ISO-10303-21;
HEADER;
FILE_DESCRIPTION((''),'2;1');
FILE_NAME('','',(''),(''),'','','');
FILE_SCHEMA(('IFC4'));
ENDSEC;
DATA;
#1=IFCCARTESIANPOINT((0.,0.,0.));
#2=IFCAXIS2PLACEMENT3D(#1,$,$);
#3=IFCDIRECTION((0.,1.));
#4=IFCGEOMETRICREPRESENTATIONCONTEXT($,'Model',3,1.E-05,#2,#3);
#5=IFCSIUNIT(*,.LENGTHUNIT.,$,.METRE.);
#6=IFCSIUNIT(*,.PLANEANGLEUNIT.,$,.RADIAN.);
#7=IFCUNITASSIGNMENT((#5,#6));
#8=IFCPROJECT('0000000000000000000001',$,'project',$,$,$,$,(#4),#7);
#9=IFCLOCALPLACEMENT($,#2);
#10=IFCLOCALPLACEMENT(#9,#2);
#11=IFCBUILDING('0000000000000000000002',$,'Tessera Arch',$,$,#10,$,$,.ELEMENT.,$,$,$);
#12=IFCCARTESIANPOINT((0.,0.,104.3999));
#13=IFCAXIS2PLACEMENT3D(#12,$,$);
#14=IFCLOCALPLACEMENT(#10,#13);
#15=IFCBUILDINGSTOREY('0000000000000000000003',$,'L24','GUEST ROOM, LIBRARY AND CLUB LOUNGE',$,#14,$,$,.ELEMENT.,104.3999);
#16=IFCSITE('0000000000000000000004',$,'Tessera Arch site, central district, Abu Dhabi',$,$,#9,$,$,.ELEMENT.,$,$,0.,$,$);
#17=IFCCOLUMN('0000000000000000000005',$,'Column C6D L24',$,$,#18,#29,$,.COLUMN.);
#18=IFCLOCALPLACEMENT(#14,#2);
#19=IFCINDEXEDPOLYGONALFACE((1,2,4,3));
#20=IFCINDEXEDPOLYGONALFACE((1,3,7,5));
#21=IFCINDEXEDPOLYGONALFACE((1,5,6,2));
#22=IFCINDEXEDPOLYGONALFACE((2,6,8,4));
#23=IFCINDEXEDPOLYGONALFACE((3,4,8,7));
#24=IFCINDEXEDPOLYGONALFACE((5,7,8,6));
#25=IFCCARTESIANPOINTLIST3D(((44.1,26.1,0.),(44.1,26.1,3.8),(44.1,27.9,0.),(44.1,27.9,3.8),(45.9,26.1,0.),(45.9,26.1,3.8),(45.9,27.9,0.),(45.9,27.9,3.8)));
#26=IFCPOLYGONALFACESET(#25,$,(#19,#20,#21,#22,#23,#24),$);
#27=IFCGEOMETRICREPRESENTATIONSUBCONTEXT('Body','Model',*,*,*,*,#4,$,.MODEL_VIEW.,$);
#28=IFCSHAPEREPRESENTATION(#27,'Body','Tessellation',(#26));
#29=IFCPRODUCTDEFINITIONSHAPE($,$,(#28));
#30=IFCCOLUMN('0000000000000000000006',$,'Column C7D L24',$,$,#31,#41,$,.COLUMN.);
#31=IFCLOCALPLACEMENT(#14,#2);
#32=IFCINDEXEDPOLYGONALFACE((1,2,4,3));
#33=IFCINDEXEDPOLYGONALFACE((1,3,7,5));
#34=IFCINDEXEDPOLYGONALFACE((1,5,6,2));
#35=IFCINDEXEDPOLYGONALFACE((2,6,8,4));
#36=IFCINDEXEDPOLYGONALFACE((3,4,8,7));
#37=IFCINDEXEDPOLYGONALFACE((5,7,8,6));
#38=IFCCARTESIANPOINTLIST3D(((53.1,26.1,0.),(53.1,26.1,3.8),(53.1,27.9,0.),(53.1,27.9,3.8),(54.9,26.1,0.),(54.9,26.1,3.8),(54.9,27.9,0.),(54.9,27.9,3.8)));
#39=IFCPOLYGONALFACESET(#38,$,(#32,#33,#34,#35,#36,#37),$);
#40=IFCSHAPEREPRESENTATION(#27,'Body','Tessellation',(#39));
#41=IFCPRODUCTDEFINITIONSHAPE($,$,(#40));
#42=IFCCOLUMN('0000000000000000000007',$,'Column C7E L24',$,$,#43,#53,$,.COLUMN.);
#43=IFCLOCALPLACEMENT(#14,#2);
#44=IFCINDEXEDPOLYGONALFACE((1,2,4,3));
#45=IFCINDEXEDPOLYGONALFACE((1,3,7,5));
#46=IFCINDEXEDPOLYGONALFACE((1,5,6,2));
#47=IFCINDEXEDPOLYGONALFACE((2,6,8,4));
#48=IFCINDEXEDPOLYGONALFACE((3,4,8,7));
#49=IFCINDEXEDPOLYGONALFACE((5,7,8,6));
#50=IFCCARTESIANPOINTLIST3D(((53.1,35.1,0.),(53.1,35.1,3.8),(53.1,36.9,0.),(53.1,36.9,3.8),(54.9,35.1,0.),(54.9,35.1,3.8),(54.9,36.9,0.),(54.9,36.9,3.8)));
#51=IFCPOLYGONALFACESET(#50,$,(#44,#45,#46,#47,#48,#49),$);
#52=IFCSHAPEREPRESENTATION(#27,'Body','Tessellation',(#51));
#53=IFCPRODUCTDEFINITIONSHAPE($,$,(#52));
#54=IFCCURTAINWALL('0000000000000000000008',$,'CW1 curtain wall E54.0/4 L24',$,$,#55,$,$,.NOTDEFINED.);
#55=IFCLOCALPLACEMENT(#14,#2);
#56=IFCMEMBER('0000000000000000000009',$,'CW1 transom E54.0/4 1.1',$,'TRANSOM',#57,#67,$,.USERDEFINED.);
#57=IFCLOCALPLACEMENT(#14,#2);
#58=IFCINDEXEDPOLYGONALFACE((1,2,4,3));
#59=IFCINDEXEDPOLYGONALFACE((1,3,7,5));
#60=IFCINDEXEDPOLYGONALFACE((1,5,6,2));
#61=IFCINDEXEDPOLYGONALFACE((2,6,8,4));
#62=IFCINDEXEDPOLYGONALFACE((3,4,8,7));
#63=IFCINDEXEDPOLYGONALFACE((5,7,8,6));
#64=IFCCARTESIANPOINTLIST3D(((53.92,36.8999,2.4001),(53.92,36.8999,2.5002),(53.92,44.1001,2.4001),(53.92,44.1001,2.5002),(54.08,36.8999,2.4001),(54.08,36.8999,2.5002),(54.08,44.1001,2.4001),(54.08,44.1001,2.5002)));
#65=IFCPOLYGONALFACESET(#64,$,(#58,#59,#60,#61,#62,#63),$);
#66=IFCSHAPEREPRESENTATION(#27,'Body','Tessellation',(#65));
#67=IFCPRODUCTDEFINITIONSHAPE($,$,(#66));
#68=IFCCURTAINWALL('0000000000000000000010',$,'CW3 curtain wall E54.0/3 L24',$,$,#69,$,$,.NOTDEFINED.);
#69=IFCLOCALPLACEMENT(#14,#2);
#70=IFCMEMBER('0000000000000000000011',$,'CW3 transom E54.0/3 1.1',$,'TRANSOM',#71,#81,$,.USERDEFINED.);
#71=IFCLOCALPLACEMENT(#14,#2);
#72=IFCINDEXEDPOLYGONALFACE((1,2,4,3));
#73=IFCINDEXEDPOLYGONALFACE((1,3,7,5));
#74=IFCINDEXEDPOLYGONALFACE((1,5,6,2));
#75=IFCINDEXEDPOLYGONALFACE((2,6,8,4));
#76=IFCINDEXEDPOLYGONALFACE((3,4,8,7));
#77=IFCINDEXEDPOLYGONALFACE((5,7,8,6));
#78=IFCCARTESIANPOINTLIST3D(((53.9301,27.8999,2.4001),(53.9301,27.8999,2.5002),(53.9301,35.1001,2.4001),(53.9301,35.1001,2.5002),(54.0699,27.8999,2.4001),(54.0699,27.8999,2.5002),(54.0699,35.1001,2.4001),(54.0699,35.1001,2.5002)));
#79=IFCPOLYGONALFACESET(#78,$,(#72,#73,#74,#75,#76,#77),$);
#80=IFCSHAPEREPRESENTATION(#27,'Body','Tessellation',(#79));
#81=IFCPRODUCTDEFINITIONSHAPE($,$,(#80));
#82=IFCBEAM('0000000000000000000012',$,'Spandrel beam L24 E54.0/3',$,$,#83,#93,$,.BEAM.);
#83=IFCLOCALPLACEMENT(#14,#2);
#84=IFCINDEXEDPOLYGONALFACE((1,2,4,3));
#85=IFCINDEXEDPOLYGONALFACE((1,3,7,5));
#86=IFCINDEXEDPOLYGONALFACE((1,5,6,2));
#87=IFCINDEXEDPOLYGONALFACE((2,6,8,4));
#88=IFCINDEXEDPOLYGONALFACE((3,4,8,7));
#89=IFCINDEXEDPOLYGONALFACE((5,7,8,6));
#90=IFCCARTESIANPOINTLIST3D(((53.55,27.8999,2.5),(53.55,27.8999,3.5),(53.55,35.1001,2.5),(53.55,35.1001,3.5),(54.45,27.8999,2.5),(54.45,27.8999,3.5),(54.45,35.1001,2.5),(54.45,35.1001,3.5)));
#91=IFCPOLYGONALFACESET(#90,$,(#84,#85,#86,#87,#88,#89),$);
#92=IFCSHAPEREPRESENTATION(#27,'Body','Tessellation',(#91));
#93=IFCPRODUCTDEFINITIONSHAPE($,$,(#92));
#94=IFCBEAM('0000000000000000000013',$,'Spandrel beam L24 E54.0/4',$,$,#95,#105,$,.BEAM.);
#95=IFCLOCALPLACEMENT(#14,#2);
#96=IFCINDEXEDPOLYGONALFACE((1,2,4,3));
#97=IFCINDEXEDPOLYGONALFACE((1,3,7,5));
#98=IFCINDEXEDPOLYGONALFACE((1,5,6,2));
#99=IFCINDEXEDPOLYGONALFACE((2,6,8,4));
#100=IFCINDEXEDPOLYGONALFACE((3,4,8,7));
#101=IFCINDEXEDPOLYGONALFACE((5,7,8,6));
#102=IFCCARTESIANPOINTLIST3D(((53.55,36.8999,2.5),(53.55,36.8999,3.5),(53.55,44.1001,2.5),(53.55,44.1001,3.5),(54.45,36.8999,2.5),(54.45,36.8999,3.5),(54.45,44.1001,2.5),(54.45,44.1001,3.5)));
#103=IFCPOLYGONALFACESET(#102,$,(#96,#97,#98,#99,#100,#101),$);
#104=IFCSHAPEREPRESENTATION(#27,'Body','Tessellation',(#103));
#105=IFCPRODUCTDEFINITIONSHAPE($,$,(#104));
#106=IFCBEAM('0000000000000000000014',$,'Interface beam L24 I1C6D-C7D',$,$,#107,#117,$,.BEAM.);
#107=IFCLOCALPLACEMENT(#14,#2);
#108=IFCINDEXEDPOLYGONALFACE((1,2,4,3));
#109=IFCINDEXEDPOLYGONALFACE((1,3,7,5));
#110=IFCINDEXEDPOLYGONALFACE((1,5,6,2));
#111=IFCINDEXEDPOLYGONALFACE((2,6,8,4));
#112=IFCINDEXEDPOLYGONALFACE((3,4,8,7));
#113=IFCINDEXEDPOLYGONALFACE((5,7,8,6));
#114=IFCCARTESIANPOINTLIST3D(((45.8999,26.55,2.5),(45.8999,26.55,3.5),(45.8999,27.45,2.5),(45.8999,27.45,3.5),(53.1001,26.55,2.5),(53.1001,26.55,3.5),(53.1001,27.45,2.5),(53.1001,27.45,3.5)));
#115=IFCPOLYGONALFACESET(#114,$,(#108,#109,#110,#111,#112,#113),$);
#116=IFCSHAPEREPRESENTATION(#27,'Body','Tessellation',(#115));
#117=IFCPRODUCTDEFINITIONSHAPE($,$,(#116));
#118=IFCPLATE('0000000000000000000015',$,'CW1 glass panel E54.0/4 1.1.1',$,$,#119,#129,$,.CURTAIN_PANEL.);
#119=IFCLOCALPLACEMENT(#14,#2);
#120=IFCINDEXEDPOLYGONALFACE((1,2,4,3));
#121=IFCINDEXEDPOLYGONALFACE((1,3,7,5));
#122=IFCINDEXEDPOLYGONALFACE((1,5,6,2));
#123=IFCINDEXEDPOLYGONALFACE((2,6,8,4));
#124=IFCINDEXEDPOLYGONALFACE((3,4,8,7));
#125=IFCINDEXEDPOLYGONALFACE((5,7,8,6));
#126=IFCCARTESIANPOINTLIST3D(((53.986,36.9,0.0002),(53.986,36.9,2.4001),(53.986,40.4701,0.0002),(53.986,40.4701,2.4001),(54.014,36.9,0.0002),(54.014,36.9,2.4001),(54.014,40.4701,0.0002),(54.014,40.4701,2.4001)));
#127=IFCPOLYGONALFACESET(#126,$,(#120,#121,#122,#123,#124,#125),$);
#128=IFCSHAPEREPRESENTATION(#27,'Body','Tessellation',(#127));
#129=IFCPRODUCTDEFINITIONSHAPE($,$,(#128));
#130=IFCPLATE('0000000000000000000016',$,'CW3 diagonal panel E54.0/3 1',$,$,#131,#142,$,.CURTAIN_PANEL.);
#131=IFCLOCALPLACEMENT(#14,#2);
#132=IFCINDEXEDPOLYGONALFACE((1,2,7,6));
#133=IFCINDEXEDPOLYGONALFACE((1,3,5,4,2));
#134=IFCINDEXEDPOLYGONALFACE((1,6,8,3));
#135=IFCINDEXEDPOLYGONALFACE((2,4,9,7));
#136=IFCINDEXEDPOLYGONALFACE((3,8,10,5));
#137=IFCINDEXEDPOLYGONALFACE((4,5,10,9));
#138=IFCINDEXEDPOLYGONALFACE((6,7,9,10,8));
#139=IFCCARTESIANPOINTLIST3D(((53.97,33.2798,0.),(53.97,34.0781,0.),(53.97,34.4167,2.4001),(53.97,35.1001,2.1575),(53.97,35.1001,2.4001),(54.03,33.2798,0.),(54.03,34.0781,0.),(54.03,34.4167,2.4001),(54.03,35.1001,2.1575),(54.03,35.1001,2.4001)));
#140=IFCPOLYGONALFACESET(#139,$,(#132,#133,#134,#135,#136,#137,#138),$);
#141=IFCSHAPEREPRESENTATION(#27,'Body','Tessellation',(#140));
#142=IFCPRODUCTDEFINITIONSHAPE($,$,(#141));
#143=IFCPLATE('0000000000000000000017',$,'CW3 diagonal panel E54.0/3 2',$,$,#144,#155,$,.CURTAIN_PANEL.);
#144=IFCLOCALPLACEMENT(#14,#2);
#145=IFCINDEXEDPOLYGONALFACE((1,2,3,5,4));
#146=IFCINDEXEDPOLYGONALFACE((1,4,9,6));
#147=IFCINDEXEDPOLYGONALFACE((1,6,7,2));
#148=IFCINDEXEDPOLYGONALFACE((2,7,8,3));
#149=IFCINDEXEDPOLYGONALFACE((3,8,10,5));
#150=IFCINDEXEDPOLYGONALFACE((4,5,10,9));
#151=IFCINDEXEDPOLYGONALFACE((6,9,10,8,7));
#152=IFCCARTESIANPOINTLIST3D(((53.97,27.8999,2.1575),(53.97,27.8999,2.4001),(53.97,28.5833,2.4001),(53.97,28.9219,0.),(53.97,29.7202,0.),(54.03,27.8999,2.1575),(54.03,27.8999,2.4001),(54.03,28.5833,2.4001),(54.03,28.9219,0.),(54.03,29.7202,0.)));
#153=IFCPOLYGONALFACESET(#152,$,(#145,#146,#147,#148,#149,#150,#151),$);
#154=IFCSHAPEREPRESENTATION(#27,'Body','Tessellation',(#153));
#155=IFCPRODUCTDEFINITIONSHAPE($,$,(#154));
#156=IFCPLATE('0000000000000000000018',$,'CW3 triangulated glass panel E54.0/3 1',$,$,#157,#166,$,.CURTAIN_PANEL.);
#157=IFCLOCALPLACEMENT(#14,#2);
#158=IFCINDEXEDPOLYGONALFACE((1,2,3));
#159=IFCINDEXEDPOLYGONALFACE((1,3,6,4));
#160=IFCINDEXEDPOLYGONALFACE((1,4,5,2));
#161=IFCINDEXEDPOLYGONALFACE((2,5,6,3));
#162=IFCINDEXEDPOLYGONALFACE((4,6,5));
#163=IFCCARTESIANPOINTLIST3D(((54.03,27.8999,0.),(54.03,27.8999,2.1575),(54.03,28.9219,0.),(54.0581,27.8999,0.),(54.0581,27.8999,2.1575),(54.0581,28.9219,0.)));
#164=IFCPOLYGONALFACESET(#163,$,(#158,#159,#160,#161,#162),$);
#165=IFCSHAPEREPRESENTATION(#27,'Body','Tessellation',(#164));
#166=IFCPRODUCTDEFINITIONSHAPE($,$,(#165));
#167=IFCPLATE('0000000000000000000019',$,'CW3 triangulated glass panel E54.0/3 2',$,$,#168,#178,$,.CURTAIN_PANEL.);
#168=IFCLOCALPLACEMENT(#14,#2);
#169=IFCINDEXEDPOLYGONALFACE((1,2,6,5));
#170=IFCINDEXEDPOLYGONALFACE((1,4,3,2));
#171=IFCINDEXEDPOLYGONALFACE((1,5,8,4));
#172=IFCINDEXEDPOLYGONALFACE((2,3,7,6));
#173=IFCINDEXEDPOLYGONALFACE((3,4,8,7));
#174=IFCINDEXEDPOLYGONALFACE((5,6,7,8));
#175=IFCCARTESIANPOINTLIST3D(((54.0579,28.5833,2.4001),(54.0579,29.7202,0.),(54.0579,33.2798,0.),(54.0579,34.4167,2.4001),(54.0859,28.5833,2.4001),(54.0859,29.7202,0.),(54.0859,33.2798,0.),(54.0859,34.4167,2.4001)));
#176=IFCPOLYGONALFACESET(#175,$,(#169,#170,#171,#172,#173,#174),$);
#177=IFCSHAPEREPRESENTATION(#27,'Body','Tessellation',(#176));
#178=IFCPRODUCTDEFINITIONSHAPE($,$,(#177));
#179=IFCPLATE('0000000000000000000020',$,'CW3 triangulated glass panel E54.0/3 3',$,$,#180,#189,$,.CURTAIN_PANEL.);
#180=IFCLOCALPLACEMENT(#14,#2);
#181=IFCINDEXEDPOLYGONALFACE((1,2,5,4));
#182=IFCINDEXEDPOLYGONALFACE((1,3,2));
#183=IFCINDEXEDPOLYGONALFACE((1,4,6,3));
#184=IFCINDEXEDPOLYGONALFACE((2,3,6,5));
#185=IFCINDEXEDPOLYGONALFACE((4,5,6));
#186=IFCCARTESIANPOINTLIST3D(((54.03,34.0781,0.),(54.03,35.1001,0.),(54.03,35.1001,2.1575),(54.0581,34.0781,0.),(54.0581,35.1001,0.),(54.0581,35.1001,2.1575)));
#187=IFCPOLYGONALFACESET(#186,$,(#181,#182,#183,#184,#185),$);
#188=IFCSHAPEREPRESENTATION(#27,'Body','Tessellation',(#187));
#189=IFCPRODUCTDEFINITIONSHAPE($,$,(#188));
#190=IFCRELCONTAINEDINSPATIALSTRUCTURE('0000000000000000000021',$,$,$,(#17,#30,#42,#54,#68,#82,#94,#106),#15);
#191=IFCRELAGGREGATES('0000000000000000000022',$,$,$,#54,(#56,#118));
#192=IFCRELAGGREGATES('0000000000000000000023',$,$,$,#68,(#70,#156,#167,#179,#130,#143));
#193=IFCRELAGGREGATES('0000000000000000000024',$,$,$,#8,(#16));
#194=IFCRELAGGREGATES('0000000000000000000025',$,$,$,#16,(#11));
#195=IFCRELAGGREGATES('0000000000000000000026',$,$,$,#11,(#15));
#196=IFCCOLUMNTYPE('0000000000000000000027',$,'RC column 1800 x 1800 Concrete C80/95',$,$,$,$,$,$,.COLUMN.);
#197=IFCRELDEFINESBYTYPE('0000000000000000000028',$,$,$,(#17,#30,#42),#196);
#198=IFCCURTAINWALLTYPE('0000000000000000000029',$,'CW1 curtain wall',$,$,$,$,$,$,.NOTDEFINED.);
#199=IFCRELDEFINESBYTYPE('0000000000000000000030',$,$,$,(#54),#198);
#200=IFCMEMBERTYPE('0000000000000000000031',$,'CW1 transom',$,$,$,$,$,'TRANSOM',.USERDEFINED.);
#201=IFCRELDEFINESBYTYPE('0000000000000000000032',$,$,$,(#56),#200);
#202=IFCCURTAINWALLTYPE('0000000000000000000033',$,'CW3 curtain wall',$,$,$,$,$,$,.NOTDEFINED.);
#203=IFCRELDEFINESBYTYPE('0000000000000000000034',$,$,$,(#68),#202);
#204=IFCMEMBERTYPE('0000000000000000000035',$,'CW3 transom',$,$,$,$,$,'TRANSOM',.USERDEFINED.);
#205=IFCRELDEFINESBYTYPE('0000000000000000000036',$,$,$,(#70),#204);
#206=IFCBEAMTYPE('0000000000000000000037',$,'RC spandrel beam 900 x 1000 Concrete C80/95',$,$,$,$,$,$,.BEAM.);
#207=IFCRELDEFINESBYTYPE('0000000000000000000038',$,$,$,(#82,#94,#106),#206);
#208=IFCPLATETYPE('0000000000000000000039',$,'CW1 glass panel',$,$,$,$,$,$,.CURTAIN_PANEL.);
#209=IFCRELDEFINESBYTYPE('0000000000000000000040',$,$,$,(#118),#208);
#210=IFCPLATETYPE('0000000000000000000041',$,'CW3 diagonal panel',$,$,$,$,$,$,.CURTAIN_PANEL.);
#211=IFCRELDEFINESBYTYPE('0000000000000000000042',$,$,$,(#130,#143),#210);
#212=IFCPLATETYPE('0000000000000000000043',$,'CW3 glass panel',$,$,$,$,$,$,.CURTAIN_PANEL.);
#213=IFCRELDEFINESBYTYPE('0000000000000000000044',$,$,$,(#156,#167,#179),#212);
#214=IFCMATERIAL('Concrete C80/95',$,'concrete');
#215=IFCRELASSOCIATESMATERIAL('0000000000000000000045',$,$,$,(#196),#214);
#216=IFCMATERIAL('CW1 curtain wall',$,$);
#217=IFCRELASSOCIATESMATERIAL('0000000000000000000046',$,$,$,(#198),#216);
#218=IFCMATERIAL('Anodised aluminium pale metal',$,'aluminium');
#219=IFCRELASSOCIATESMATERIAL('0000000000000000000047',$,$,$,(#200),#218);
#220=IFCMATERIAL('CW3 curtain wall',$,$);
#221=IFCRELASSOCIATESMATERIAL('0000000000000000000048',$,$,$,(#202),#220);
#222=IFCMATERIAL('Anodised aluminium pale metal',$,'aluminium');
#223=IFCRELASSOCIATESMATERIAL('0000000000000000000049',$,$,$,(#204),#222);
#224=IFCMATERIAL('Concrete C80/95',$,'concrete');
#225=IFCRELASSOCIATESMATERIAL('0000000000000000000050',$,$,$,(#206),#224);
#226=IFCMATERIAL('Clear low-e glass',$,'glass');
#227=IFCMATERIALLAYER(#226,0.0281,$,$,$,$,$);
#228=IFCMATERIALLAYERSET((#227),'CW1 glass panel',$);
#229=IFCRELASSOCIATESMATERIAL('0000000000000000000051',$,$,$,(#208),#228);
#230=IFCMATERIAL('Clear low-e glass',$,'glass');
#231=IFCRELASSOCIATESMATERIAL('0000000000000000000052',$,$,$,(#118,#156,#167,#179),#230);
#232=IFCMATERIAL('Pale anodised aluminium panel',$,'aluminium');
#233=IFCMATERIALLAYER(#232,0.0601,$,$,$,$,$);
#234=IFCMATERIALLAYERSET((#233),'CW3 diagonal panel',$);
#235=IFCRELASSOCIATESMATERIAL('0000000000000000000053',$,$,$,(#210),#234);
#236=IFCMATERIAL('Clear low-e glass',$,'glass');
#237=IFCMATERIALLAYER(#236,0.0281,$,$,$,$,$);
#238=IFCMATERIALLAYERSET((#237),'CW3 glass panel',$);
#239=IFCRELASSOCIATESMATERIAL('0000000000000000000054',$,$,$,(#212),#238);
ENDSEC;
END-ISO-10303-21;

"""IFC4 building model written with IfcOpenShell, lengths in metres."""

from ifc_helpers import new_model, si_unit, direction, frame, origin, origin_2d, place, context, subcontext, project, spatial, polyline, rectangle, outline, extrude, material, layer, layer_set, material_profile, profile_set, type_object, element, aggregate, save


model = new_model("IFC4")

# Units and contexts
model_context = context("Model", 3, precision=1e-05, world=origin(), true_north=direction((0.0, 1.0)))
body_context = subcontext(model_context, "Body", "Model", "MODEL_VIEW")
ifc_project = project(units=[si_unit("LENGTHUNIT", "METRE"), si_unit("PLANEANGLEUNIT", "RADIAN")], contexts=[model_context])

# Site, building, storey
site_placement = place(None, origin())
site = spatial("IfcSite", under=ifc_project, at=site_placement, Name="Tessera Arch site, central district, Abu Dhabi", CompositionType="ELEMENT", RefElevation=0.0)
building_placement = place(site_placement, origin())
building = spatial("IfcBuilding", under=site, at=building_placement, Name="Tessera Arch", CompositionType="ELEMENT")
storey_placement = place(building_placement, frame((0.0, 0.0, 104.3999)))
storey = spatial("IfcBuildingStorey", under=building, at=storey_placement, Name="L24", Description="GUEST ROOM, LIBRARY AND CLUB LOUNGE", CompositionType="ELEMENT", Elevation=104.3999)

# Columns
ifc_material_1 = material(Name="Concrete C80/95", Category="concrete")
ifc_material_profile_1 = material_profile(ifc_material_1, rectangle(XDim=1.8, YDim=1.8, at=origin_2d()), Name="RC column 1800 x 1800 Concrete C80/95")
ifc_profile_set_1 = profile_set([ifc_material_profile_1], Name="Concrete C80/95")
column_type = type_object("IfcColumnType", Name="RC column 1800 x 1800 Concrete C80/95", PredefinedType="COLUMN", material=ifc_profile_set_1)
for number, where, z_axis, x_axis, name in (
    (1, (45.0, 27.0, 0.0), (0.0, 0.0, 1.0), (1.0, 0.0, 0.0), "Column C6D L24"),
    (2, (54.0, 27.0, 0.0), (0.0, 0.0, 1.0), (1.0, 0.0, 0.0), "Column C7D L24"),
    (3, (54.0, 36.0, 0.0), (0.0, 0.0, 1.0), (1.0, 0.0, 0.0), "Column C7E L24"),
):
    element("IfcColumn", number, at=place(storey_placement, frame(where, z_axis=z_axis, x_axis=x_axis)), inside=storey, type_object=column_type, Name=name, PredefinedType="COLUMN", context=body_context, shape_type="SweptSolid", body=[
        extrude(rectangle(XDim=1.8, YDim=1.8, at=origin_2d()), origin(), (0.0, 0.0, 1.0), 3.8),
    ])

# Curtain walls, members
ifc_material_2 = material(Name="CW1 curtain wall")
curtain_wall_type_1 = type_object("IfcCurtainWallType", Name="CW1 curtain wall", PredefinedType="NOTDEFINED", material=ifc_material_2)
curtain_wall_1_placement = place(storey_placement, origin())
curtain_wall_1 = element("IfcCurtainWall", 4, at=curtain_wall_1_placement, inside=storey, type_object=curtain_wall_type_1, Name="CW1 curtain wall E54.0/4 L24", PredefinedType="NOTDEFINED")
ifc_material_3 = material(Name="Anodised aluminium pale metal", Category="aluminium")
ifc_material_profile_2 = material_profile(ifc_material_3, rectangle(XDim=0.1599, YDim=0.1001, at=origin_2d()), Name="AL 160x100")
ifc_profile_set_2 = profile_set([ifc_material_profile_2], Name="Anodised aluminium pale metal")
member_type_1 = type_object("IfcMemberType", Name="CW1 transom", ElementType="TRANSOM", PredefinedType="USERDEFINED", material=ifc_profile_set_2)
member_1_placement = place(storey_placement, frame((54.0, 36.8999, 2.4502), z_axis=(0.0, 1.0, 0.0), x_axis=(-1.0, 0.0, 0.0)))
member_1 = element("IfcMember", 5, at=member_1_placement, type_object=member_type_1, Name="CW1 transom E54.0/4 1.1", ObjectType="TRANSOM", PredefinedType="USERDEFINED", context=body_context, shape_type="SweptSolid", body=[
    extrude(rectangle(XDim=0.1599, YDim=0.1001, at=origin_2d()), origin(), (0.0, 0.0, 1.0), 7.2002),
])
ifc_material_4 = material(Name="CW3 curtain wall")
curtain_wall_type_2 = type_object("IfcCurtainWallType", Name="CW3 curtain wall", PredefinedType="NOTDEFINED", material=ifc_material_4)
curtain_wall_2_placement = place(storey_placement, origin())
curtain_wall_2 = element("IfcCurtainWall", 6, at=curtain_wall_2_placement, inside=storey, type_object=curtain_wall_type_2, Name="CW3 curtain wall E54.0/3 L24", PredefinedType="NOTDEFINED")
ifc_material_5 = material(Name="Anodised aluminium pale metal", Category="aluminium")
ifc_material_profile_3 = material_profile(ifc_material_5, rectangle(XDim=0.1399, YDim=0.1001, at=origin_2d()), Name="AL 140x100")
ifc_profile_set_3 = profile_set([ifc_material_profile_3], Name="Anodised aluminium pale metal")
member_type_2 = type_object("IfcMemberType", Name="CW3 transom", ElementType="TRANSOM", PredefinedType="USERDEFINED", material=ifc_profile_set_3)
member_2_placement = place(storey_placement, frame((54.0, 27.8999, 2.4502), z_axis=(0.0, 1.0, 0.0), x_axis=(-1.0, 0.0, 0.0)))
member_2 = element("IfcMember", 7, at=member_2_placement, type_object=member_type_2, Name="CW3 transom E54.0/3 1.1", ObjectType="TRANSOM", PredefinedType="USERDEFINED", context=body_context, shape_type="SweptSolid", body=[
    extrude(rectangle(XDim=0.1399, YDim=0.1001, at=origin_2d()), origin(), (0.0, 0.0, 1.0), 7.2002),
])

# Beams
ifc_material_6 = material(Name="Concrete C80/95", Category="concrete")
ifc_material_profile_4 = material_profile(ifc_material_6, rectangle(XDim=0.8999, YDim=1.0, at=origin_2d()), Name="RC spandrel beam 900 x 1000 Concrete C80/95")
ifc_profile_set_4 = profile_set([ifc_material_profile_4], Name="Concrete C80/95")
beam_type = type_object("IfcBeamType", Name="RC spandrel beam 900 x 1000 Concrete C80/95", PredefinedType="BEAM", material=ifc_profile_set_4)
for number, where, z_axis, x_axis, name in (
    (8, (54.0, 27.8999, 3.0), (0.0, 1.0, 0.0), (-1.0, 0.0, 0.0), "Spandrel beam L24 E54.0/3"),
    (9, (54.0, 36.8999, 3.0), (0.0, 1.0, 0.0), (-1.0, 0.0, 0.0), "Spandrel beam L24 E54.0/4"),
    (10, (45.8999, 27.0, 3.0), (1.0, 0.0, 0.0), (0.0, 1.0, 0.0), "Interface beam L24 I1C6D-C7D"),
):
    element("IfcBeam", number, at=place(storey_placement, frame(where, z_axis=z_axis, x_axis=x_axis)), inside=storey, type_object=beam_type, Name=name, PredefinedType="BEAM", context=body_context, shape_type="SweptSolid", body=[
        extrude(rectangle(XDim=0.8999, YDim=1.0, at=origin_2d()), origin(), (0.0, 0.0, 1.0), 7.2002),
    ])

# Plates
ifc_material_7 = material(Name="Clear low-e glass", Category="glass")
ifc_material_8 = material(Name="Clear low-e glass", Category="glass")
ifc_layer_1 = layer(ifc_material_8, 0.0281)
ifc_layer_set_1 = layer_set([ifc_layer_1], Name="CW1 glass panel")
plate_type_1 = type_object("IfcPlateType", Name="CW1 glass panel", PredefinedType="CURTAIN_PANEL", material=ifc_layer_set_1)
plate_1_placement = place(storey_placement, frame((54.0, 38.6851, 0.0002), z_axis=(0.0, 0.0, 1.0), x_axis=(0.0, 1.0, 0.0)))
plate_1 = element("IfcPlate", 11, at=plate_1_placement, type_object=plate_type_1, material=ifc_material_7, Name="CW1 glass panel E54.0/4 1.1.1", PredefinedType="CURTAIN_PANEL", context=body_context, shape_type="SweptSolid", body=[
    extrude(rectangle(XDim=3.5701, YDim=0.0281, at=origin_2d()), origin(), (0.0, 0.0, 1.0), 2.3999),
])
aggregate(curtain_wall_1, [member_1, plate_1])
ifc_material_9 = material(Name="Pale anodised aluminium panel", Category="aluminium")
ifc_layer_2 = layer(ifc_material_9, 0.0601)
ifc_layer_set_2 = layer_set([ifc_layer_2], Name="CW3 diagonal panel")
plate_type_2 = type_object("IfcPlateType", Name="CW3 diagonal panel", PredefinedType="CURTAIN_PANEL", material=ifc_layer_set_2)
plate_2_placement = place(storey_placement, frame((54.03, 35.1001, 2.4001), z_axis=(1.0, 0.0, 0.0), x_axis=(0.0, -1.0, 0.0)))
plate_2 = element("IfcPlate", 12, at=plate_2_placement, type_object=plate_type_2, Name="CW3 diagonal panel E54.0/3 1", PredefinedType="CURTAIN_PANEL", context=body_context, shape_type="SweptSolid", body=[
    extrude(outline(polyline([(0.0, 0.0), (0.6833, 0.0), (1.8203, 2.4001), (1.022, 2.4001), (0.0, 0.2427), (0.0, 0.0)])), origin(), (0.0, 0.0, -1.0), 0.0601),
])
plate_3_placement = place(storey_placement, frame((54.03, 27.8999, 2.4001), z_axis=(1.0, 0.0, 0.0), x_axis=(0.0, 0.0, -1.0)))
plate_3 = element("IfcPlate", 13, at=plate_3_placement, type_object=plate_type_2, Name="CW3 diagonal panel E54.0/3 2", PredefinedType="CURTAIN_PANEL", context=body_context, shape_type="SweptSolid", body=[
    extrude(outline(polyline([(0.0, 0.0), (0.2427, 0.0), (2.4001, 1.022), (2.4001, 1.8203), (0.0, 0.6833), (0.0, 0.0)])), origin(), (0.0, 0.0, -1.0), 0.0601),
])
ifc_material_10 = material(Name="Clear low-e glass", Category="glass")
ifc_layer_3 = layer(ifc_material_10, 0.0281)
ifc_layer_set_3 = layer_set([ifc_layer_3], Name="CW3 glass panel")
plate_type_3 = type_object("IfcPlateType", Name="CW3 glass panel", PredefinedType="CURTAIN_PANEL", material=ifc_layer_set_3)
plate_4_placement = place(storey_placement, frame((54.0581, 27.8999, 0.0), z_axis=(1.0, 0.0, 0.0), x_axis=(0.0, 1.0, 0.0)))
plate_4 = element("IfcPlate", 14, at=plate_4_placement, type_object=plate_type_3, material=ifc_material_7, Name="CW3 triangulated glass panel E54.0/3 1", PredefinedType="CURTAIN_PANEL", context=body_context, shape_type="SweptSolid", body=[
    extrude(outline(polyline([(0.0, 0.0), (1.022, 0.0), (0.0, 2.1575), (0.0, 0.0)])), origin(), (0.0, 0.0, -1.0), 0.0281),
])
plate_5_placement = place(storey_placement, frame((54.0859, 34.4167, 2.4001), z_axis=(1.0, 0.0, 0.0), x_axis=(0.0, -1.0, 0.0)))
plate_5 = element("IfcPlate", 15, at=plate_5_placement, type_object=plate_type_3, material=ifc_material_7, Name="CW3 triangulated glass panel E54.0/3 2", PredefinedType="CURTAIN_PANEL", context=body_context, shape_type="SweptSolid", body=[
    extrude(outline(polyline([(0.0, 0.0), (5.8335, 0.0), (4.6965, 2.4001), (1.137, 2.4001), (0.0, 0.0)])), origin(), (0.0, 0.0, -1.0), 0.0281),
])
plate_6_placement = place(storey_placement, frame((54.0581, 35.1001, 0.0), z_axis=(1.0, 0.0, 0.0), x_axis=(0.0, 0.0, 1.0)))
plate_6 = element("IfcPlate", 16, at=plate_6_placement, type_object=plate_type_3, material=ifc_material_7, Name="CW3 triangulated glass panel E54.0/3 3", PredefinedType="CURTAIN_PANEL", context=body_context, shape_type="SweptSolid", body=[
    extrude(outline(polyline([(0.0, 0.0), (2.1575, 0.0), (0.0, 1.022), (0.0, 0.0)])), origin(), (0.0, 0.0, -1.0), 0.0281),
])
aggregate(curtain_wall_2, [member_2, plate_4, plate_5, plate_6, plate_2, plate_3])

save(model, "model.ifc")
